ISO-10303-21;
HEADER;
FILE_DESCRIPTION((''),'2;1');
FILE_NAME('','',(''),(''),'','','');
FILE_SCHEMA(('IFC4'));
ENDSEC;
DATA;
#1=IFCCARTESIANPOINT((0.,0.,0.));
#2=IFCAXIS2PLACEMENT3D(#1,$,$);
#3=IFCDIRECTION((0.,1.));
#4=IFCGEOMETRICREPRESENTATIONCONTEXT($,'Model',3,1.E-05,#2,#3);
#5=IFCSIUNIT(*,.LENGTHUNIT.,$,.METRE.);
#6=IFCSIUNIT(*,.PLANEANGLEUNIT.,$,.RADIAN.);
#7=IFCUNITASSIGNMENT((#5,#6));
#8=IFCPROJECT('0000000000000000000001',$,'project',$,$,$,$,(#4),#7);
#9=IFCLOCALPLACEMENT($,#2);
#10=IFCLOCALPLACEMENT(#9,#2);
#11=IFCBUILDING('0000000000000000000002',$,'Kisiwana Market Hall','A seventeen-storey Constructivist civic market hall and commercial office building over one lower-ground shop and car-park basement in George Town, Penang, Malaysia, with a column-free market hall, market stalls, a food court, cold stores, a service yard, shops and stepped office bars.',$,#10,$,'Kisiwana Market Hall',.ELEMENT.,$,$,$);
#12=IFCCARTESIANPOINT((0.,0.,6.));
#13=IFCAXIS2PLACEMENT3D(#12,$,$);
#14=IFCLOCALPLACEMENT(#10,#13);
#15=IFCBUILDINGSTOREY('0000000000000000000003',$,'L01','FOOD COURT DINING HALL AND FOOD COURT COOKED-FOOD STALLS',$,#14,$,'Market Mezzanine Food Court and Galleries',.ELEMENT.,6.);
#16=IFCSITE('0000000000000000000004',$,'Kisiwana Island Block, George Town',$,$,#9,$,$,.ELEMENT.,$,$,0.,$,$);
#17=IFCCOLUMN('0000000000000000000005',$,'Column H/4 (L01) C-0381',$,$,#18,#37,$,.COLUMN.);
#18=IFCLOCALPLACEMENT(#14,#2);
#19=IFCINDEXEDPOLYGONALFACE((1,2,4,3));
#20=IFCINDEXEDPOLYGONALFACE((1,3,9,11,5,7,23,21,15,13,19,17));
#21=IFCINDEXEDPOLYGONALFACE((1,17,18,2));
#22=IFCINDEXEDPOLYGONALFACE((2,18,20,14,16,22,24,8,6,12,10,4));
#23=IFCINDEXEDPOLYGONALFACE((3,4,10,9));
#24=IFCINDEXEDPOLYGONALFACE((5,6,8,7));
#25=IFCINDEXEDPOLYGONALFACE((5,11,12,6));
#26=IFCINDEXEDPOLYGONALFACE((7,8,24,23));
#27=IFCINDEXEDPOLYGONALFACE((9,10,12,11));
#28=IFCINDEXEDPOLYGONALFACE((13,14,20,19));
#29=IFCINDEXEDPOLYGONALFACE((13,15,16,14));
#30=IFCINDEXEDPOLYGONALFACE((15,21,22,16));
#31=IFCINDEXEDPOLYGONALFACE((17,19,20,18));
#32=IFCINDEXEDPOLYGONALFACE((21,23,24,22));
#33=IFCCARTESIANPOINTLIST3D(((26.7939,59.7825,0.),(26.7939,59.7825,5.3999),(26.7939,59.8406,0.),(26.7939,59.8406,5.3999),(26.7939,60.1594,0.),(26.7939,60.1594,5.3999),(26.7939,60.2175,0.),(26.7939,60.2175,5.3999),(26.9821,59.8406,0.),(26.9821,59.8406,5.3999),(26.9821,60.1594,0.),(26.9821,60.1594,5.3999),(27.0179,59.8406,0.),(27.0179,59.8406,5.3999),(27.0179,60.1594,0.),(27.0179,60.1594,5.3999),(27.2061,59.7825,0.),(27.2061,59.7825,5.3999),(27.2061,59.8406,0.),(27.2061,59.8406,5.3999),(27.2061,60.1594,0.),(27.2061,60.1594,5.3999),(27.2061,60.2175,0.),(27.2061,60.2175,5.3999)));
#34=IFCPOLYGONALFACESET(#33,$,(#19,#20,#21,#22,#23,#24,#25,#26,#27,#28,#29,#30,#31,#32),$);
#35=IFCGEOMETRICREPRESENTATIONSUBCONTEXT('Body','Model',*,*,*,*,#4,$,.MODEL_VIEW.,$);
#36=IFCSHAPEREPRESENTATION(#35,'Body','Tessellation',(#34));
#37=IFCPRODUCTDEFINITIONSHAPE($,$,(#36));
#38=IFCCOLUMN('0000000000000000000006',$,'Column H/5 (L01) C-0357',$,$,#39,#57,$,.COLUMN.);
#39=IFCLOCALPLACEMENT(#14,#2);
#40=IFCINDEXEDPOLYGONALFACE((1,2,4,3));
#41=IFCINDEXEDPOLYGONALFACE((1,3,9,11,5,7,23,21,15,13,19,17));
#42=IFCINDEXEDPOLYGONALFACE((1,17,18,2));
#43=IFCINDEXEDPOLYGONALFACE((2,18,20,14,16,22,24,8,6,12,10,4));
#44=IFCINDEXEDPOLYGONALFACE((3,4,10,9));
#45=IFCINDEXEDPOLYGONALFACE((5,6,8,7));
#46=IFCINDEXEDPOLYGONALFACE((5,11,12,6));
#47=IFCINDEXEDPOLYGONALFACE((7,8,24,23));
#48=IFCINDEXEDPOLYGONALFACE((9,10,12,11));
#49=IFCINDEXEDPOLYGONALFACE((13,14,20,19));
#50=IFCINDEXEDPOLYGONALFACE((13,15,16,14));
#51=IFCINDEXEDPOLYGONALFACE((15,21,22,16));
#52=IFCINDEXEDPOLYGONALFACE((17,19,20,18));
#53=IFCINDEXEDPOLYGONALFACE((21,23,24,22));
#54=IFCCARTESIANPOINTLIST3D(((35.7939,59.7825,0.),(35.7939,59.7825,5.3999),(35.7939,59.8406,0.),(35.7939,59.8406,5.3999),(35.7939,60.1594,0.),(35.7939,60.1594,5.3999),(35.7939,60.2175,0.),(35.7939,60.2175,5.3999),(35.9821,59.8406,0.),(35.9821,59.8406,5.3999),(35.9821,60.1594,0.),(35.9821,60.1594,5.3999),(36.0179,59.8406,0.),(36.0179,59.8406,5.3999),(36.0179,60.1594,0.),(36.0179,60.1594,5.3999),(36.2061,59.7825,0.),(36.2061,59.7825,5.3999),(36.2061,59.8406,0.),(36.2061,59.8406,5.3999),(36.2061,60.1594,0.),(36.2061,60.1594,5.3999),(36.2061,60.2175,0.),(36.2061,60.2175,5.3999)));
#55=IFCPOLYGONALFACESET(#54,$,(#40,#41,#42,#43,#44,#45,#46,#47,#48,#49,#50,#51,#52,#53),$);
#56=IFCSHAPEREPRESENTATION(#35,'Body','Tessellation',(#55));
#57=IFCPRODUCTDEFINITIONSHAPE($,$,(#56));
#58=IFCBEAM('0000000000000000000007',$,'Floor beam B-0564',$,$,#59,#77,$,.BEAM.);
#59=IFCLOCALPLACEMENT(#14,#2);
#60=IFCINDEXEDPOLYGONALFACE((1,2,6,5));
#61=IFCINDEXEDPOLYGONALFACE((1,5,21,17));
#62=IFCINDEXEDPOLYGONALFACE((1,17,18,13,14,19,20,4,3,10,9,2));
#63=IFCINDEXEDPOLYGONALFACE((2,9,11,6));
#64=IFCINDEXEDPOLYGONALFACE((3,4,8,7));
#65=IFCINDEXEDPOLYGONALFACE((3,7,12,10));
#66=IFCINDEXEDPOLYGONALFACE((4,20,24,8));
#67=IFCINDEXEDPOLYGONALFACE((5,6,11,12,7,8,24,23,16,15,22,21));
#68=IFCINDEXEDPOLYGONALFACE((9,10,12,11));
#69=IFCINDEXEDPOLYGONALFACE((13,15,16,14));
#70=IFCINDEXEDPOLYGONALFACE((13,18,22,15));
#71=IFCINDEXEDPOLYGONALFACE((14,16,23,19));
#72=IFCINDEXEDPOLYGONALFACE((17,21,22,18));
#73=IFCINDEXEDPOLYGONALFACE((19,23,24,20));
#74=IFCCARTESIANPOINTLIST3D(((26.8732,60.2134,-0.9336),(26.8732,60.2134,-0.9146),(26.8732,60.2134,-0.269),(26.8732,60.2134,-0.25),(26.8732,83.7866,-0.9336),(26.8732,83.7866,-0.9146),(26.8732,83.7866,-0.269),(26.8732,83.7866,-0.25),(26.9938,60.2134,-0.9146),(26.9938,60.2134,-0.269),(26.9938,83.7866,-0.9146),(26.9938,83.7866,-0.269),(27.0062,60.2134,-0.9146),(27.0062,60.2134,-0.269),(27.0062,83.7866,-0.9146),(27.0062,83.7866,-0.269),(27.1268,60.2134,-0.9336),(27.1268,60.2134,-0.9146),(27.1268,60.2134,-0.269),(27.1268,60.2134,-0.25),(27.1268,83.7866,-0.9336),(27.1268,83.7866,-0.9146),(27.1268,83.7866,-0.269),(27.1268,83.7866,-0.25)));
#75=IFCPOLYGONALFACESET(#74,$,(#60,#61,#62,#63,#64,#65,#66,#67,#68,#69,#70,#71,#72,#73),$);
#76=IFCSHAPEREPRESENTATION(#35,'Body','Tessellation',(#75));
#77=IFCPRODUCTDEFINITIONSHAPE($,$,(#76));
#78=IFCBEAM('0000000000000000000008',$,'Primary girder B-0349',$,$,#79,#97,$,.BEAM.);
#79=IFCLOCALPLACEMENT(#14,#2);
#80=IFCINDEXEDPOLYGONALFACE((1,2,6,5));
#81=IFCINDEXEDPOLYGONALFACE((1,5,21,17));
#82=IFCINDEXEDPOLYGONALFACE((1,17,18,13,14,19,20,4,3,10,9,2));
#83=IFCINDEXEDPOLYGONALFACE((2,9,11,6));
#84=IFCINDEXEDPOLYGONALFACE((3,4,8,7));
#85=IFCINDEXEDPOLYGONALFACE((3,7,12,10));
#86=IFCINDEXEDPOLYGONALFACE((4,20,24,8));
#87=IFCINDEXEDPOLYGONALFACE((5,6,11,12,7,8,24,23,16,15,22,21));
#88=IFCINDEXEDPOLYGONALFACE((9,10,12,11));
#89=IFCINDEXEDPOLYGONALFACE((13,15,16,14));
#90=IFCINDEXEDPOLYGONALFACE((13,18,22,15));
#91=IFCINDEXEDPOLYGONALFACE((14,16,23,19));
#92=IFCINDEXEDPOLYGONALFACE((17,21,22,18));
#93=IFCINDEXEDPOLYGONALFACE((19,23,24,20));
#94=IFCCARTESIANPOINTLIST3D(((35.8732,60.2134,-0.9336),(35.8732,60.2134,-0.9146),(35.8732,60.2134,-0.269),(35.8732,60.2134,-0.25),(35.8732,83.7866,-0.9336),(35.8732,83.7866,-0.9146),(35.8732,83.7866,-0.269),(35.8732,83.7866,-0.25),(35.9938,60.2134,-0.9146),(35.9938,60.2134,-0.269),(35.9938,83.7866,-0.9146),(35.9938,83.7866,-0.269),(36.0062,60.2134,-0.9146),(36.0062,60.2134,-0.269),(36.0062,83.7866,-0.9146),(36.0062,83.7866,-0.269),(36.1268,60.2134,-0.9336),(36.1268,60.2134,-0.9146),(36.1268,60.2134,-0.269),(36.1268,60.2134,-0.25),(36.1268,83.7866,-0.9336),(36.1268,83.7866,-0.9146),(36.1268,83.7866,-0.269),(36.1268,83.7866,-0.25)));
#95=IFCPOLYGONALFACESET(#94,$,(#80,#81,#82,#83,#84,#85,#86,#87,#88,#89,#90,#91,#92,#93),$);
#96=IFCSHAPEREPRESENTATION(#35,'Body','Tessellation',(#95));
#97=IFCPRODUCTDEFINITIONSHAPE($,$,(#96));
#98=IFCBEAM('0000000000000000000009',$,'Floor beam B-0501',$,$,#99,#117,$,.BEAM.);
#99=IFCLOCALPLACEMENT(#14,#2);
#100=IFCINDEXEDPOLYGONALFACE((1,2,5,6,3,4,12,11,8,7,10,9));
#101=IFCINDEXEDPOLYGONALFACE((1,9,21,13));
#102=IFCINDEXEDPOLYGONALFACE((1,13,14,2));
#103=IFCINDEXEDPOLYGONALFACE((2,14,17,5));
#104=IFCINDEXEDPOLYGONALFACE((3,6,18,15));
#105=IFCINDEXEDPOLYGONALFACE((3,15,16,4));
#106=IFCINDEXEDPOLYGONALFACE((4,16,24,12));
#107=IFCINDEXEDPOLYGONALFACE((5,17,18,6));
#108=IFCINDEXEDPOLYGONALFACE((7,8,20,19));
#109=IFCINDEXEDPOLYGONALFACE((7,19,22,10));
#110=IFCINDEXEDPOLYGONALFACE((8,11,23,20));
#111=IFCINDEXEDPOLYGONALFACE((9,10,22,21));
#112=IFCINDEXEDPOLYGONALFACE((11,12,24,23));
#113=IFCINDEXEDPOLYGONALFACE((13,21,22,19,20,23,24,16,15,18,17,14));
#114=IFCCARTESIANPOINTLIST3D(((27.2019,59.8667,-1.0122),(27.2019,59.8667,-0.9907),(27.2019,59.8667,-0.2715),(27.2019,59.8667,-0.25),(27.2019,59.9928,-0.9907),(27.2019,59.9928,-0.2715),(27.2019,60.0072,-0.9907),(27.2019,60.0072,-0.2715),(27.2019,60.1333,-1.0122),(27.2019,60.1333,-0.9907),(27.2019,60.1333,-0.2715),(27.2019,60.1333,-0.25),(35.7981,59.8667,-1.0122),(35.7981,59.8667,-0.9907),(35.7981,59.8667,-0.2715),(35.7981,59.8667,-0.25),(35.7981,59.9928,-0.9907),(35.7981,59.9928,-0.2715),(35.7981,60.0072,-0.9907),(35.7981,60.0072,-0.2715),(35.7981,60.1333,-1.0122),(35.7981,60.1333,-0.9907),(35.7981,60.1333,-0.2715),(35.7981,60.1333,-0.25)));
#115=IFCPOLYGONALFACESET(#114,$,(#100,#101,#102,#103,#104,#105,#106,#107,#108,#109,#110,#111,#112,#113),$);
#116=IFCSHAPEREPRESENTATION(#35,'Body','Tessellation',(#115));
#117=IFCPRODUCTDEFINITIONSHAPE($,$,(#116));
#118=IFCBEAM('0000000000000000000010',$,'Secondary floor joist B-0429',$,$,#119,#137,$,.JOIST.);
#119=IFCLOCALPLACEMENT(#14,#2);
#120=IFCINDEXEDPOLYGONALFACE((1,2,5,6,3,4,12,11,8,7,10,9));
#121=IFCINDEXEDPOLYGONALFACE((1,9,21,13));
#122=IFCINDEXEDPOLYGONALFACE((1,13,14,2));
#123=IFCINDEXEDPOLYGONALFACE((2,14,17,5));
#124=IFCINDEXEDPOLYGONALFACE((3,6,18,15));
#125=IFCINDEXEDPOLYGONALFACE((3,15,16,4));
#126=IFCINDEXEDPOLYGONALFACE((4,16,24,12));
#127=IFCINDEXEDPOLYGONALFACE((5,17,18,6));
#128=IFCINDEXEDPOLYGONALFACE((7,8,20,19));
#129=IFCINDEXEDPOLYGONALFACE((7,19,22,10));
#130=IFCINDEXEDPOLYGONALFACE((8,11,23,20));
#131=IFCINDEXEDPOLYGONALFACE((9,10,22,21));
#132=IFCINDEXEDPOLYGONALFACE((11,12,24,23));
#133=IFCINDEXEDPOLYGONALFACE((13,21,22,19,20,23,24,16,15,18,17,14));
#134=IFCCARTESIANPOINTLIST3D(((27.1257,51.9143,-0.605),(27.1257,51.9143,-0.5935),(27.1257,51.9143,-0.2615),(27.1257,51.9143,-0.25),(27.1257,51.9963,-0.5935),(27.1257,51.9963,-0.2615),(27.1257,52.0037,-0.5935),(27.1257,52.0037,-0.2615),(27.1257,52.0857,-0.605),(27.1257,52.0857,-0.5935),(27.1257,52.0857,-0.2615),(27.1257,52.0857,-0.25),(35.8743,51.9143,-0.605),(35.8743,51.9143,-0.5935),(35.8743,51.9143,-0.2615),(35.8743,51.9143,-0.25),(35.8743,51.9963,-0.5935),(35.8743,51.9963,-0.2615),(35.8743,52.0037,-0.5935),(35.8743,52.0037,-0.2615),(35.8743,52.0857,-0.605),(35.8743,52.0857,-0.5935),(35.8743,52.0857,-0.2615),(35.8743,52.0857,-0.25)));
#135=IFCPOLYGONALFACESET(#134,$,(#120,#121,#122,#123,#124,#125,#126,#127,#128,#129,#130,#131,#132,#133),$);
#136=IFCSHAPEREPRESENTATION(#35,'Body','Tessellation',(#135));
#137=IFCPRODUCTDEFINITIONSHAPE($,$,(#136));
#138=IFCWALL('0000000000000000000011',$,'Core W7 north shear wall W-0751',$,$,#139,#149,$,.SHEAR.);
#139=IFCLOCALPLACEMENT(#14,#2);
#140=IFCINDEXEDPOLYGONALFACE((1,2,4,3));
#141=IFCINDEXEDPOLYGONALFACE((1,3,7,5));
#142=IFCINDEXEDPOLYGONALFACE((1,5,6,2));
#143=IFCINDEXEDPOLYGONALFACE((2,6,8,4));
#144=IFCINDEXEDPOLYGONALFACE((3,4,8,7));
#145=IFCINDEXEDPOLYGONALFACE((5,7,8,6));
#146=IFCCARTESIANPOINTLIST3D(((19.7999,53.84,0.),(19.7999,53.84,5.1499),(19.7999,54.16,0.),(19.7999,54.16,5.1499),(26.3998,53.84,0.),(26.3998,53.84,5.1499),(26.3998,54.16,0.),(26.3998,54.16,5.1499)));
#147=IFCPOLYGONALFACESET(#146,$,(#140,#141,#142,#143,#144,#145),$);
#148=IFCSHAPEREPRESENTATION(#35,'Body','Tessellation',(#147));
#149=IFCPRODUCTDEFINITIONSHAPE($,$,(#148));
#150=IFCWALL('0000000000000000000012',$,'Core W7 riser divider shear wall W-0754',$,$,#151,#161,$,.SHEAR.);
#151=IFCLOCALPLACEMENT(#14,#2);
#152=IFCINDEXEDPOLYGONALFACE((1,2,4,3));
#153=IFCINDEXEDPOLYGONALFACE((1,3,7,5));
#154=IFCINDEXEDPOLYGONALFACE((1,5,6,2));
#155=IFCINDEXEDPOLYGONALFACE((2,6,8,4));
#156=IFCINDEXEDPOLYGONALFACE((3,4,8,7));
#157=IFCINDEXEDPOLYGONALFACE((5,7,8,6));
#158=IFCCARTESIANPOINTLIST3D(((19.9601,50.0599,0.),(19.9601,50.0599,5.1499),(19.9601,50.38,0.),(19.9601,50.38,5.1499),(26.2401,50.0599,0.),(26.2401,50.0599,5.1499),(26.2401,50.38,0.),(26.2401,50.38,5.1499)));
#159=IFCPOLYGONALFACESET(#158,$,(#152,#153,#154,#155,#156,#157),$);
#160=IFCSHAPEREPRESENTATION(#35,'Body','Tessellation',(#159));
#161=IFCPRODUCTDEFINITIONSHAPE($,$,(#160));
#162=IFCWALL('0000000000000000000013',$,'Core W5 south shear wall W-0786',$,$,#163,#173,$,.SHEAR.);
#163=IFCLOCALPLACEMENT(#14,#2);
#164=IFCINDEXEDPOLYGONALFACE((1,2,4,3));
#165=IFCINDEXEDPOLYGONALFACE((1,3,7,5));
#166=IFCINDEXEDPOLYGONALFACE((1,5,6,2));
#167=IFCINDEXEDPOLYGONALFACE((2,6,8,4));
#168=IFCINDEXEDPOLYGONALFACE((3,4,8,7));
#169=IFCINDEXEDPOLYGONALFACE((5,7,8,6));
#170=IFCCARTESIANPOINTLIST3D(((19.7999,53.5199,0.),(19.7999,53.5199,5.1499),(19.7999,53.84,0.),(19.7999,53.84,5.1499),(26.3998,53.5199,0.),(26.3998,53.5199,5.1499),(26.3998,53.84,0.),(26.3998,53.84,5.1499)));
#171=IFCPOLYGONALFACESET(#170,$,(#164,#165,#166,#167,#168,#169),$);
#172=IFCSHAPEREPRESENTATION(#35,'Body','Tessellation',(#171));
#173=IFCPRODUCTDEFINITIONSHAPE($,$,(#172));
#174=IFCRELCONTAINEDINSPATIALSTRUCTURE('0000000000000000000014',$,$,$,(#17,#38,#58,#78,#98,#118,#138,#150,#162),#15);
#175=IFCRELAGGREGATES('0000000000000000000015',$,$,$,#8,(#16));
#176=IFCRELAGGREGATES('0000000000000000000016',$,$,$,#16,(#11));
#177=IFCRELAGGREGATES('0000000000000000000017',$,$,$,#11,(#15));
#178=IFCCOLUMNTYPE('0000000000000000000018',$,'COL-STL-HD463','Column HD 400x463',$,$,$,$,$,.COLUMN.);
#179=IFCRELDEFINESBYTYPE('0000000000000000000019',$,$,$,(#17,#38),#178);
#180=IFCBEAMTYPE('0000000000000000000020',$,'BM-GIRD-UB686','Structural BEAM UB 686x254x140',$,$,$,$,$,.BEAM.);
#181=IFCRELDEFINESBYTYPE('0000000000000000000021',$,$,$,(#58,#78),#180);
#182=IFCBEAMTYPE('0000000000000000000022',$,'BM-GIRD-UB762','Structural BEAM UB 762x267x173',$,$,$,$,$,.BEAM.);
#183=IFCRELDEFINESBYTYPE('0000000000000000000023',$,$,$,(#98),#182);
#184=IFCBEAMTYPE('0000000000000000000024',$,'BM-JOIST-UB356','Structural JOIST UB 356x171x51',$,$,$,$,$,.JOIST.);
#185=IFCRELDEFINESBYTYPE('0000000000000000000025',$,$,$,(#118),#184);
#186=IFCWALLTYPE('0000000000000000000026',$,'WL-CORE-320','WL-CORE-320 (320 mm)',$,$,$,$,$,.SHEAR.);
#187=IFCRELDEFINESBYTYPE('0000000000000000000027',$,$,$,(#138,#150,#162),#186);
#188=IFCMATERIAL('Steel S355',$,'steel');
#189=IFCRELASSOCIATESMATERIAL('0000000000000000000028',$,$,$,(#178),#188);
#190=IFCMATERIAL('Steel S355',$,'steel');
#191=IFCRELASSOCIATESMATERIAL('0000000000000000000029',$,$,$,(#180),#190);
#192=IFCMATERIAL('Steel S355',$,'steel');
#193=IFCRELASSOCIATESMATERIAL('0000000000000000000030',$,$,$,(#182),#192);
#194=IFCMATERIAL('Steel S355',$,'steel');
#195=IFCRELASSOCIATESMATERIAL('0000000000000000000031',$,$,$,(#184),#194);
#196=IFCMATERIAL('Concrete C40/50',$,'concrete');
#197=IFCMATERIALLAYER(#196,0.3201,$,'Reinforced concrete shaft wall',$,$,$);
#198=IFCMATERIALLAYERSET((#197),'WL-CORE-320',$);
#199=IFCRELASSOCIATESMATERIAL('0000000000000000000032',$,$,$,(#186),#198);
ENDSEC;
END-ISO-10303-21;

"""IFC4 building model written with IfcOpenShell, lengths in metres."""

from ifc_helpers import new_model, si_unit, direction, frame, frame_2d, origin, origin_2d, place, context, subcontext, project, spatial, rectangle, i_section, extrude, material, layer, layer_set, material_profile, profile_set, type_object, element, save


model = new_model("IFC4")

# Units and contexts
model_context = context("Model", 3, precision=1e-05, world=origin(), true_north=direction((0.0, 1.0)))
body_context = subcontext(model_context, "Body", "Model", "MODEL_VIEW")
ifc_project = project(units=[si_unit("LENGTHUNIT", "METRE"), si_unit("PLANEANGLEUNIT", "RADIAN")], contexts=[model_context])

# Site, building, storey
site_placement = place(None, origin())
site = spatial("IfcSite", under=ifc_project, at=site_placement, Name="Kisiwana Island Block, George Town", CompositionType="ELEMENT", RefElevation=0.0)
building_placement = place(site_placement, origin())
building = spatial("IfcBuilding", under=site, at=building_placement, Name="Kisiwana Market Hall", Description="A seventeen-storey Constructivist civic market hall and commercial office building over one lower-ground shop and car-park basement in George Town, Penang, Malaysia, with a column-free market hall, market stalls, a food court, cold stores, a service yard, shops and stepped office bars.", LongName="Kisiwana Market Hall", CompositionType="ELEMENT")
storey_placement = place(building_placement, frame((0.0, 0.0, 6.0)))
storey = spatial("IfcBuildingStorey", under=building, at=storey_placement, Name="L01", Description="FOOD COURT DINING HALL AND FOOD COURT COOKED-FOOD STALLS", LongName="Market Mezzanine Food Court and Galleries", CompositionType="ELEMENT", Elevation=6.0)

# Columns
ifc_material_1 = material(Name="Steel S355", Category="steel")
ifc_material_profile_1 = material_profile(ifc_material_1, i_section(OverallWidth=0.4121, OverallDepth=0.4351, WebThickness=0.0359, FlangeThickness=0.0581, at=origin_2d()), Name="HD 400x463")
ifc_profile_set_1 = profile_set([ifc_material_profile_1], Name="Steel S355")
column_type = type_object("IfcColumnType", Name="COL-STL-HD463", Description="Column HD 400x463", PredefinedType="COLUMN", material=ifc_profile_set_1)
for number, where, z_axis, x_axis, name in (
    (1, (27.0, 60.0, 0.0), (0.0, 0.0, 1.0), (1.0, 0.0, 0.0), "Column H/4 (L01) C-0381"),
    (2, (36.0, 60.0, 0.0), (0.0, 0.0, 1.0), (1.0, 0.0, 0.0), "Column H/5 (L01) C-0357"),
):
    element("IfcColumn", number, at=place(storey_placement, frame(where, z_axis=z_axis, x_axis=x_axis)), inside=storey, type_object=column_type, Name=name, PredefinedType="COLUMN", context=body_context, shape_type="SweptSolid", body=[
        extrude(i_section(OverallWidth=0.4121, OverallDepth=0.4351, WebThickness=0.0359, FlangeThickness=0.0581, at=origin_2d()), origin(), (0.0, 0.0, 1.0), 5.3999),
    ])

# Beams
ifc_material_2 = material(Name="Steel S355", Category="steel")
ifc_material_profile_2 = material_profile(ifc_material_2, i_section(OverallWidth=0.2537, OverallDepth=0.6836, WebThickness=0.0125, FlangeThickness=0.019, at=origin_2d()), Name="UB 686x254x140")
ifc_profile_set_2 = profile_set([ifc_material_profile_2], Name="Steel S355")
beam_type_1 = type_object("IfcBeamType", Name="BM-GIRD-UB686", Description="Structural BEAM UB 686x254x140", PredefinedType="BEAM", material=ifc_profile_set_2)
for number, where, z_axis, x_axis, name in (
    (3, (27.0, 60.2134, -0.5918), (0.0, 1.0, 0.0), (-1.0, 0.0, 0.0), "Floor beam B-0564"),
    (4, (36.0, 60.2134, -0.5918), (0.0, 1.0, 0.0), (-1.0, 0.0, 0.0), "Primary girder B-0349"),
):
    element("IfcBeam", number, at=place(storey_placement, frame(where, z_axis=z_axis, x_axis=x_axis)), inside=storey, type_object=beam_type_1, Name=name, PredefinedType="BEAM", context=body_context, shape_type="SweptSolid", body=[
        extrude(i_section(OverallWidth=0.2537, OverallDepth=0.6836, WebThickness=0.0125, FlangeThickness=0.019, at=origin_2d()), origin(), (0.0, 0.0, 1.0), 23.5732),
    ])
ifc_material_3 = material(Name="Steel S355", Category="steel")
ifc_material_profile_3 = material_profile(ifc_material_3, i_section(OverallWidth=0.2666, OverallDepth=0.7622, WebThickness=0.0144, FlangeThickness=0.0215, at=origin_2d()), Name="UB 762x267x173")
ifc_profile_set_3 = profile_set([ifc_material_profile_3], Name="Steel S355")
beam_type_2 = type_object("IfcBeamType", Name="BM-GIRD-UB762", Description="Structural BEAM UB 762x267x173", PredefinedType="BEAM", material=ifc_profile_set_3)
beam_1_placement = place(storey_placement, frame((27.2019, 60.0, -0.6311), z_axis=(1.0, 0.0, 0.0), x_axis=(0.0, 1.0, 0.0)))
element("IfcBeam", 5, at=beam_1_placement, inside=storey, type_object=beam_type_2, Name="Floor beam B-0501", PredefinedType="BEAM", context=body_context, shape_type="SweptSolid", body=[
    extrude(i_section(OverallWidth=0.2666, OverallDepth=0.7622, WebThickness=0.0144, FlangeThickness=0.0215, at=origin_2d()), origin(), (0.0, 0.0, 1.0), 8.5962),
])
ifc_material_4 = material(Name="Steel S355", Category="steel")
ifc_material_profile_4 = material_profile(ifc_material_4, i_section(OverallWidth=0.1714, OverallDepth=0.355, WebThickness=0.0073, FlangeThickness=0.0115, at=origin_2d()), Name="UB 356x171x51")
ifc_profile_set_4 = profile_set([ifc_material_profile_4], Name="Steel S355")
beam_type_3 = type_object("IfcBeamType", Name="BM-JOIST-UB356", Description="Structural JOIST UB 356x171x51", PredefinedType="JOIST", material=ifc_profile_set_4)
beam_2_placement = place(storey_placement, frame((27.1257, 52.0, -0.4275), z_axis=(1.0, 0.0, 0.0), x_axis=(0.0, 1.0, 0.0)))
element("IfcBeam", 6, at=beam_2_placement, inside=storey, type_object=beam_type_3, Name="Secondary floor joist B-0429", PredefinedType="JOIST", context=body_context, shape_type="SweptSolid", body=[
    extrude(i_section(OverallWidth=0.1714, OverallDepth=0.355, WebThickness=0.0073, FlangeThickness=0.0115, at=origin_2d()), origin(), (0.0, 0.0, 1.0), 8.7485),
])

# Walls
ifc_material_5 = material(Name="Concrete C40/50", Category="concrete")
ifc_layer_1 = layer(ifc_material_5, 0.3201, Name="Reinforced concrete shaft wall")
ifc_layer_set_1 = layer_set([ifc_layer_1], Name="WL-CORE-320")
wall_type_1 = type_object("IfcWallType", Name="WL-CORE-320", Description="WL-CORE-320 (320 mm)", PredefinedType="SHEAR", material=ifc_layer_set_1)
wall_1_placement = place(storey_placement, frame((19.8, 54.0, 0.0), z_axis=(0.0, 0.0, 1.0), x_axis=(1.0, 0.0, 0.0)))
element("IfcWall", 7, at=wall_1_placement, inside=storey, type_object=wall_type_1, Name="Core W7 north shear wall W-0751", PredefinedType="SHEAR", context=body_context, shape_type="SweptSolid", body=[
    extrude(rectangle(XDim=6.5999, YDim=0.3201, at=frame_2d((3.2998, 0.0))), origin(), (0.0, 0.0, 1.0), 5.1499),
])
wall_2_placement = place(storey_placement, frame((19.96, 50.22, 0.0), z_axis=(0.0, 0.0, 1.0), x_axis=(1.0, 0.0, 0.0)))
element("IfcWall", 8, at=wall_2_placement, inside=storey, type_object=wall_type_1, Name="Core W7 riser divider shear wall W-0754", PredefinedType="SHEAR", context=body_context, shape_type="SweptSolid", body=[
    extrude(rectangle(XDim=6.28, YDim=0.3201, at=frame_2d((3.1401, 0.0))), origin(), (0.0, 0.0, 1.0), 5.1499),
])
wall_3_placement = place(storey_placement, frame((19.8, 53.6799, 0.0), z_axis=(0.0, 0.0, 1.0), x_axis=(1.0, 0.0, 0.0)))
element("IfcWall", 9, at=wall_3_placement, inside=storey, type_object=wall_type_1, Name="Core W5 south shear wall W-0786", PredefinedType="SHEAR", context=body_context, shape_type="SweptSolid", body=[
    extrude(rectangle(XDim=6.5999, YDim=0.3201, at=frame_2d((3.2998, 0.0))), origin(), (0.0, 0.0, 1.0), 5.1499),
])

save(model, "model.ifc")
